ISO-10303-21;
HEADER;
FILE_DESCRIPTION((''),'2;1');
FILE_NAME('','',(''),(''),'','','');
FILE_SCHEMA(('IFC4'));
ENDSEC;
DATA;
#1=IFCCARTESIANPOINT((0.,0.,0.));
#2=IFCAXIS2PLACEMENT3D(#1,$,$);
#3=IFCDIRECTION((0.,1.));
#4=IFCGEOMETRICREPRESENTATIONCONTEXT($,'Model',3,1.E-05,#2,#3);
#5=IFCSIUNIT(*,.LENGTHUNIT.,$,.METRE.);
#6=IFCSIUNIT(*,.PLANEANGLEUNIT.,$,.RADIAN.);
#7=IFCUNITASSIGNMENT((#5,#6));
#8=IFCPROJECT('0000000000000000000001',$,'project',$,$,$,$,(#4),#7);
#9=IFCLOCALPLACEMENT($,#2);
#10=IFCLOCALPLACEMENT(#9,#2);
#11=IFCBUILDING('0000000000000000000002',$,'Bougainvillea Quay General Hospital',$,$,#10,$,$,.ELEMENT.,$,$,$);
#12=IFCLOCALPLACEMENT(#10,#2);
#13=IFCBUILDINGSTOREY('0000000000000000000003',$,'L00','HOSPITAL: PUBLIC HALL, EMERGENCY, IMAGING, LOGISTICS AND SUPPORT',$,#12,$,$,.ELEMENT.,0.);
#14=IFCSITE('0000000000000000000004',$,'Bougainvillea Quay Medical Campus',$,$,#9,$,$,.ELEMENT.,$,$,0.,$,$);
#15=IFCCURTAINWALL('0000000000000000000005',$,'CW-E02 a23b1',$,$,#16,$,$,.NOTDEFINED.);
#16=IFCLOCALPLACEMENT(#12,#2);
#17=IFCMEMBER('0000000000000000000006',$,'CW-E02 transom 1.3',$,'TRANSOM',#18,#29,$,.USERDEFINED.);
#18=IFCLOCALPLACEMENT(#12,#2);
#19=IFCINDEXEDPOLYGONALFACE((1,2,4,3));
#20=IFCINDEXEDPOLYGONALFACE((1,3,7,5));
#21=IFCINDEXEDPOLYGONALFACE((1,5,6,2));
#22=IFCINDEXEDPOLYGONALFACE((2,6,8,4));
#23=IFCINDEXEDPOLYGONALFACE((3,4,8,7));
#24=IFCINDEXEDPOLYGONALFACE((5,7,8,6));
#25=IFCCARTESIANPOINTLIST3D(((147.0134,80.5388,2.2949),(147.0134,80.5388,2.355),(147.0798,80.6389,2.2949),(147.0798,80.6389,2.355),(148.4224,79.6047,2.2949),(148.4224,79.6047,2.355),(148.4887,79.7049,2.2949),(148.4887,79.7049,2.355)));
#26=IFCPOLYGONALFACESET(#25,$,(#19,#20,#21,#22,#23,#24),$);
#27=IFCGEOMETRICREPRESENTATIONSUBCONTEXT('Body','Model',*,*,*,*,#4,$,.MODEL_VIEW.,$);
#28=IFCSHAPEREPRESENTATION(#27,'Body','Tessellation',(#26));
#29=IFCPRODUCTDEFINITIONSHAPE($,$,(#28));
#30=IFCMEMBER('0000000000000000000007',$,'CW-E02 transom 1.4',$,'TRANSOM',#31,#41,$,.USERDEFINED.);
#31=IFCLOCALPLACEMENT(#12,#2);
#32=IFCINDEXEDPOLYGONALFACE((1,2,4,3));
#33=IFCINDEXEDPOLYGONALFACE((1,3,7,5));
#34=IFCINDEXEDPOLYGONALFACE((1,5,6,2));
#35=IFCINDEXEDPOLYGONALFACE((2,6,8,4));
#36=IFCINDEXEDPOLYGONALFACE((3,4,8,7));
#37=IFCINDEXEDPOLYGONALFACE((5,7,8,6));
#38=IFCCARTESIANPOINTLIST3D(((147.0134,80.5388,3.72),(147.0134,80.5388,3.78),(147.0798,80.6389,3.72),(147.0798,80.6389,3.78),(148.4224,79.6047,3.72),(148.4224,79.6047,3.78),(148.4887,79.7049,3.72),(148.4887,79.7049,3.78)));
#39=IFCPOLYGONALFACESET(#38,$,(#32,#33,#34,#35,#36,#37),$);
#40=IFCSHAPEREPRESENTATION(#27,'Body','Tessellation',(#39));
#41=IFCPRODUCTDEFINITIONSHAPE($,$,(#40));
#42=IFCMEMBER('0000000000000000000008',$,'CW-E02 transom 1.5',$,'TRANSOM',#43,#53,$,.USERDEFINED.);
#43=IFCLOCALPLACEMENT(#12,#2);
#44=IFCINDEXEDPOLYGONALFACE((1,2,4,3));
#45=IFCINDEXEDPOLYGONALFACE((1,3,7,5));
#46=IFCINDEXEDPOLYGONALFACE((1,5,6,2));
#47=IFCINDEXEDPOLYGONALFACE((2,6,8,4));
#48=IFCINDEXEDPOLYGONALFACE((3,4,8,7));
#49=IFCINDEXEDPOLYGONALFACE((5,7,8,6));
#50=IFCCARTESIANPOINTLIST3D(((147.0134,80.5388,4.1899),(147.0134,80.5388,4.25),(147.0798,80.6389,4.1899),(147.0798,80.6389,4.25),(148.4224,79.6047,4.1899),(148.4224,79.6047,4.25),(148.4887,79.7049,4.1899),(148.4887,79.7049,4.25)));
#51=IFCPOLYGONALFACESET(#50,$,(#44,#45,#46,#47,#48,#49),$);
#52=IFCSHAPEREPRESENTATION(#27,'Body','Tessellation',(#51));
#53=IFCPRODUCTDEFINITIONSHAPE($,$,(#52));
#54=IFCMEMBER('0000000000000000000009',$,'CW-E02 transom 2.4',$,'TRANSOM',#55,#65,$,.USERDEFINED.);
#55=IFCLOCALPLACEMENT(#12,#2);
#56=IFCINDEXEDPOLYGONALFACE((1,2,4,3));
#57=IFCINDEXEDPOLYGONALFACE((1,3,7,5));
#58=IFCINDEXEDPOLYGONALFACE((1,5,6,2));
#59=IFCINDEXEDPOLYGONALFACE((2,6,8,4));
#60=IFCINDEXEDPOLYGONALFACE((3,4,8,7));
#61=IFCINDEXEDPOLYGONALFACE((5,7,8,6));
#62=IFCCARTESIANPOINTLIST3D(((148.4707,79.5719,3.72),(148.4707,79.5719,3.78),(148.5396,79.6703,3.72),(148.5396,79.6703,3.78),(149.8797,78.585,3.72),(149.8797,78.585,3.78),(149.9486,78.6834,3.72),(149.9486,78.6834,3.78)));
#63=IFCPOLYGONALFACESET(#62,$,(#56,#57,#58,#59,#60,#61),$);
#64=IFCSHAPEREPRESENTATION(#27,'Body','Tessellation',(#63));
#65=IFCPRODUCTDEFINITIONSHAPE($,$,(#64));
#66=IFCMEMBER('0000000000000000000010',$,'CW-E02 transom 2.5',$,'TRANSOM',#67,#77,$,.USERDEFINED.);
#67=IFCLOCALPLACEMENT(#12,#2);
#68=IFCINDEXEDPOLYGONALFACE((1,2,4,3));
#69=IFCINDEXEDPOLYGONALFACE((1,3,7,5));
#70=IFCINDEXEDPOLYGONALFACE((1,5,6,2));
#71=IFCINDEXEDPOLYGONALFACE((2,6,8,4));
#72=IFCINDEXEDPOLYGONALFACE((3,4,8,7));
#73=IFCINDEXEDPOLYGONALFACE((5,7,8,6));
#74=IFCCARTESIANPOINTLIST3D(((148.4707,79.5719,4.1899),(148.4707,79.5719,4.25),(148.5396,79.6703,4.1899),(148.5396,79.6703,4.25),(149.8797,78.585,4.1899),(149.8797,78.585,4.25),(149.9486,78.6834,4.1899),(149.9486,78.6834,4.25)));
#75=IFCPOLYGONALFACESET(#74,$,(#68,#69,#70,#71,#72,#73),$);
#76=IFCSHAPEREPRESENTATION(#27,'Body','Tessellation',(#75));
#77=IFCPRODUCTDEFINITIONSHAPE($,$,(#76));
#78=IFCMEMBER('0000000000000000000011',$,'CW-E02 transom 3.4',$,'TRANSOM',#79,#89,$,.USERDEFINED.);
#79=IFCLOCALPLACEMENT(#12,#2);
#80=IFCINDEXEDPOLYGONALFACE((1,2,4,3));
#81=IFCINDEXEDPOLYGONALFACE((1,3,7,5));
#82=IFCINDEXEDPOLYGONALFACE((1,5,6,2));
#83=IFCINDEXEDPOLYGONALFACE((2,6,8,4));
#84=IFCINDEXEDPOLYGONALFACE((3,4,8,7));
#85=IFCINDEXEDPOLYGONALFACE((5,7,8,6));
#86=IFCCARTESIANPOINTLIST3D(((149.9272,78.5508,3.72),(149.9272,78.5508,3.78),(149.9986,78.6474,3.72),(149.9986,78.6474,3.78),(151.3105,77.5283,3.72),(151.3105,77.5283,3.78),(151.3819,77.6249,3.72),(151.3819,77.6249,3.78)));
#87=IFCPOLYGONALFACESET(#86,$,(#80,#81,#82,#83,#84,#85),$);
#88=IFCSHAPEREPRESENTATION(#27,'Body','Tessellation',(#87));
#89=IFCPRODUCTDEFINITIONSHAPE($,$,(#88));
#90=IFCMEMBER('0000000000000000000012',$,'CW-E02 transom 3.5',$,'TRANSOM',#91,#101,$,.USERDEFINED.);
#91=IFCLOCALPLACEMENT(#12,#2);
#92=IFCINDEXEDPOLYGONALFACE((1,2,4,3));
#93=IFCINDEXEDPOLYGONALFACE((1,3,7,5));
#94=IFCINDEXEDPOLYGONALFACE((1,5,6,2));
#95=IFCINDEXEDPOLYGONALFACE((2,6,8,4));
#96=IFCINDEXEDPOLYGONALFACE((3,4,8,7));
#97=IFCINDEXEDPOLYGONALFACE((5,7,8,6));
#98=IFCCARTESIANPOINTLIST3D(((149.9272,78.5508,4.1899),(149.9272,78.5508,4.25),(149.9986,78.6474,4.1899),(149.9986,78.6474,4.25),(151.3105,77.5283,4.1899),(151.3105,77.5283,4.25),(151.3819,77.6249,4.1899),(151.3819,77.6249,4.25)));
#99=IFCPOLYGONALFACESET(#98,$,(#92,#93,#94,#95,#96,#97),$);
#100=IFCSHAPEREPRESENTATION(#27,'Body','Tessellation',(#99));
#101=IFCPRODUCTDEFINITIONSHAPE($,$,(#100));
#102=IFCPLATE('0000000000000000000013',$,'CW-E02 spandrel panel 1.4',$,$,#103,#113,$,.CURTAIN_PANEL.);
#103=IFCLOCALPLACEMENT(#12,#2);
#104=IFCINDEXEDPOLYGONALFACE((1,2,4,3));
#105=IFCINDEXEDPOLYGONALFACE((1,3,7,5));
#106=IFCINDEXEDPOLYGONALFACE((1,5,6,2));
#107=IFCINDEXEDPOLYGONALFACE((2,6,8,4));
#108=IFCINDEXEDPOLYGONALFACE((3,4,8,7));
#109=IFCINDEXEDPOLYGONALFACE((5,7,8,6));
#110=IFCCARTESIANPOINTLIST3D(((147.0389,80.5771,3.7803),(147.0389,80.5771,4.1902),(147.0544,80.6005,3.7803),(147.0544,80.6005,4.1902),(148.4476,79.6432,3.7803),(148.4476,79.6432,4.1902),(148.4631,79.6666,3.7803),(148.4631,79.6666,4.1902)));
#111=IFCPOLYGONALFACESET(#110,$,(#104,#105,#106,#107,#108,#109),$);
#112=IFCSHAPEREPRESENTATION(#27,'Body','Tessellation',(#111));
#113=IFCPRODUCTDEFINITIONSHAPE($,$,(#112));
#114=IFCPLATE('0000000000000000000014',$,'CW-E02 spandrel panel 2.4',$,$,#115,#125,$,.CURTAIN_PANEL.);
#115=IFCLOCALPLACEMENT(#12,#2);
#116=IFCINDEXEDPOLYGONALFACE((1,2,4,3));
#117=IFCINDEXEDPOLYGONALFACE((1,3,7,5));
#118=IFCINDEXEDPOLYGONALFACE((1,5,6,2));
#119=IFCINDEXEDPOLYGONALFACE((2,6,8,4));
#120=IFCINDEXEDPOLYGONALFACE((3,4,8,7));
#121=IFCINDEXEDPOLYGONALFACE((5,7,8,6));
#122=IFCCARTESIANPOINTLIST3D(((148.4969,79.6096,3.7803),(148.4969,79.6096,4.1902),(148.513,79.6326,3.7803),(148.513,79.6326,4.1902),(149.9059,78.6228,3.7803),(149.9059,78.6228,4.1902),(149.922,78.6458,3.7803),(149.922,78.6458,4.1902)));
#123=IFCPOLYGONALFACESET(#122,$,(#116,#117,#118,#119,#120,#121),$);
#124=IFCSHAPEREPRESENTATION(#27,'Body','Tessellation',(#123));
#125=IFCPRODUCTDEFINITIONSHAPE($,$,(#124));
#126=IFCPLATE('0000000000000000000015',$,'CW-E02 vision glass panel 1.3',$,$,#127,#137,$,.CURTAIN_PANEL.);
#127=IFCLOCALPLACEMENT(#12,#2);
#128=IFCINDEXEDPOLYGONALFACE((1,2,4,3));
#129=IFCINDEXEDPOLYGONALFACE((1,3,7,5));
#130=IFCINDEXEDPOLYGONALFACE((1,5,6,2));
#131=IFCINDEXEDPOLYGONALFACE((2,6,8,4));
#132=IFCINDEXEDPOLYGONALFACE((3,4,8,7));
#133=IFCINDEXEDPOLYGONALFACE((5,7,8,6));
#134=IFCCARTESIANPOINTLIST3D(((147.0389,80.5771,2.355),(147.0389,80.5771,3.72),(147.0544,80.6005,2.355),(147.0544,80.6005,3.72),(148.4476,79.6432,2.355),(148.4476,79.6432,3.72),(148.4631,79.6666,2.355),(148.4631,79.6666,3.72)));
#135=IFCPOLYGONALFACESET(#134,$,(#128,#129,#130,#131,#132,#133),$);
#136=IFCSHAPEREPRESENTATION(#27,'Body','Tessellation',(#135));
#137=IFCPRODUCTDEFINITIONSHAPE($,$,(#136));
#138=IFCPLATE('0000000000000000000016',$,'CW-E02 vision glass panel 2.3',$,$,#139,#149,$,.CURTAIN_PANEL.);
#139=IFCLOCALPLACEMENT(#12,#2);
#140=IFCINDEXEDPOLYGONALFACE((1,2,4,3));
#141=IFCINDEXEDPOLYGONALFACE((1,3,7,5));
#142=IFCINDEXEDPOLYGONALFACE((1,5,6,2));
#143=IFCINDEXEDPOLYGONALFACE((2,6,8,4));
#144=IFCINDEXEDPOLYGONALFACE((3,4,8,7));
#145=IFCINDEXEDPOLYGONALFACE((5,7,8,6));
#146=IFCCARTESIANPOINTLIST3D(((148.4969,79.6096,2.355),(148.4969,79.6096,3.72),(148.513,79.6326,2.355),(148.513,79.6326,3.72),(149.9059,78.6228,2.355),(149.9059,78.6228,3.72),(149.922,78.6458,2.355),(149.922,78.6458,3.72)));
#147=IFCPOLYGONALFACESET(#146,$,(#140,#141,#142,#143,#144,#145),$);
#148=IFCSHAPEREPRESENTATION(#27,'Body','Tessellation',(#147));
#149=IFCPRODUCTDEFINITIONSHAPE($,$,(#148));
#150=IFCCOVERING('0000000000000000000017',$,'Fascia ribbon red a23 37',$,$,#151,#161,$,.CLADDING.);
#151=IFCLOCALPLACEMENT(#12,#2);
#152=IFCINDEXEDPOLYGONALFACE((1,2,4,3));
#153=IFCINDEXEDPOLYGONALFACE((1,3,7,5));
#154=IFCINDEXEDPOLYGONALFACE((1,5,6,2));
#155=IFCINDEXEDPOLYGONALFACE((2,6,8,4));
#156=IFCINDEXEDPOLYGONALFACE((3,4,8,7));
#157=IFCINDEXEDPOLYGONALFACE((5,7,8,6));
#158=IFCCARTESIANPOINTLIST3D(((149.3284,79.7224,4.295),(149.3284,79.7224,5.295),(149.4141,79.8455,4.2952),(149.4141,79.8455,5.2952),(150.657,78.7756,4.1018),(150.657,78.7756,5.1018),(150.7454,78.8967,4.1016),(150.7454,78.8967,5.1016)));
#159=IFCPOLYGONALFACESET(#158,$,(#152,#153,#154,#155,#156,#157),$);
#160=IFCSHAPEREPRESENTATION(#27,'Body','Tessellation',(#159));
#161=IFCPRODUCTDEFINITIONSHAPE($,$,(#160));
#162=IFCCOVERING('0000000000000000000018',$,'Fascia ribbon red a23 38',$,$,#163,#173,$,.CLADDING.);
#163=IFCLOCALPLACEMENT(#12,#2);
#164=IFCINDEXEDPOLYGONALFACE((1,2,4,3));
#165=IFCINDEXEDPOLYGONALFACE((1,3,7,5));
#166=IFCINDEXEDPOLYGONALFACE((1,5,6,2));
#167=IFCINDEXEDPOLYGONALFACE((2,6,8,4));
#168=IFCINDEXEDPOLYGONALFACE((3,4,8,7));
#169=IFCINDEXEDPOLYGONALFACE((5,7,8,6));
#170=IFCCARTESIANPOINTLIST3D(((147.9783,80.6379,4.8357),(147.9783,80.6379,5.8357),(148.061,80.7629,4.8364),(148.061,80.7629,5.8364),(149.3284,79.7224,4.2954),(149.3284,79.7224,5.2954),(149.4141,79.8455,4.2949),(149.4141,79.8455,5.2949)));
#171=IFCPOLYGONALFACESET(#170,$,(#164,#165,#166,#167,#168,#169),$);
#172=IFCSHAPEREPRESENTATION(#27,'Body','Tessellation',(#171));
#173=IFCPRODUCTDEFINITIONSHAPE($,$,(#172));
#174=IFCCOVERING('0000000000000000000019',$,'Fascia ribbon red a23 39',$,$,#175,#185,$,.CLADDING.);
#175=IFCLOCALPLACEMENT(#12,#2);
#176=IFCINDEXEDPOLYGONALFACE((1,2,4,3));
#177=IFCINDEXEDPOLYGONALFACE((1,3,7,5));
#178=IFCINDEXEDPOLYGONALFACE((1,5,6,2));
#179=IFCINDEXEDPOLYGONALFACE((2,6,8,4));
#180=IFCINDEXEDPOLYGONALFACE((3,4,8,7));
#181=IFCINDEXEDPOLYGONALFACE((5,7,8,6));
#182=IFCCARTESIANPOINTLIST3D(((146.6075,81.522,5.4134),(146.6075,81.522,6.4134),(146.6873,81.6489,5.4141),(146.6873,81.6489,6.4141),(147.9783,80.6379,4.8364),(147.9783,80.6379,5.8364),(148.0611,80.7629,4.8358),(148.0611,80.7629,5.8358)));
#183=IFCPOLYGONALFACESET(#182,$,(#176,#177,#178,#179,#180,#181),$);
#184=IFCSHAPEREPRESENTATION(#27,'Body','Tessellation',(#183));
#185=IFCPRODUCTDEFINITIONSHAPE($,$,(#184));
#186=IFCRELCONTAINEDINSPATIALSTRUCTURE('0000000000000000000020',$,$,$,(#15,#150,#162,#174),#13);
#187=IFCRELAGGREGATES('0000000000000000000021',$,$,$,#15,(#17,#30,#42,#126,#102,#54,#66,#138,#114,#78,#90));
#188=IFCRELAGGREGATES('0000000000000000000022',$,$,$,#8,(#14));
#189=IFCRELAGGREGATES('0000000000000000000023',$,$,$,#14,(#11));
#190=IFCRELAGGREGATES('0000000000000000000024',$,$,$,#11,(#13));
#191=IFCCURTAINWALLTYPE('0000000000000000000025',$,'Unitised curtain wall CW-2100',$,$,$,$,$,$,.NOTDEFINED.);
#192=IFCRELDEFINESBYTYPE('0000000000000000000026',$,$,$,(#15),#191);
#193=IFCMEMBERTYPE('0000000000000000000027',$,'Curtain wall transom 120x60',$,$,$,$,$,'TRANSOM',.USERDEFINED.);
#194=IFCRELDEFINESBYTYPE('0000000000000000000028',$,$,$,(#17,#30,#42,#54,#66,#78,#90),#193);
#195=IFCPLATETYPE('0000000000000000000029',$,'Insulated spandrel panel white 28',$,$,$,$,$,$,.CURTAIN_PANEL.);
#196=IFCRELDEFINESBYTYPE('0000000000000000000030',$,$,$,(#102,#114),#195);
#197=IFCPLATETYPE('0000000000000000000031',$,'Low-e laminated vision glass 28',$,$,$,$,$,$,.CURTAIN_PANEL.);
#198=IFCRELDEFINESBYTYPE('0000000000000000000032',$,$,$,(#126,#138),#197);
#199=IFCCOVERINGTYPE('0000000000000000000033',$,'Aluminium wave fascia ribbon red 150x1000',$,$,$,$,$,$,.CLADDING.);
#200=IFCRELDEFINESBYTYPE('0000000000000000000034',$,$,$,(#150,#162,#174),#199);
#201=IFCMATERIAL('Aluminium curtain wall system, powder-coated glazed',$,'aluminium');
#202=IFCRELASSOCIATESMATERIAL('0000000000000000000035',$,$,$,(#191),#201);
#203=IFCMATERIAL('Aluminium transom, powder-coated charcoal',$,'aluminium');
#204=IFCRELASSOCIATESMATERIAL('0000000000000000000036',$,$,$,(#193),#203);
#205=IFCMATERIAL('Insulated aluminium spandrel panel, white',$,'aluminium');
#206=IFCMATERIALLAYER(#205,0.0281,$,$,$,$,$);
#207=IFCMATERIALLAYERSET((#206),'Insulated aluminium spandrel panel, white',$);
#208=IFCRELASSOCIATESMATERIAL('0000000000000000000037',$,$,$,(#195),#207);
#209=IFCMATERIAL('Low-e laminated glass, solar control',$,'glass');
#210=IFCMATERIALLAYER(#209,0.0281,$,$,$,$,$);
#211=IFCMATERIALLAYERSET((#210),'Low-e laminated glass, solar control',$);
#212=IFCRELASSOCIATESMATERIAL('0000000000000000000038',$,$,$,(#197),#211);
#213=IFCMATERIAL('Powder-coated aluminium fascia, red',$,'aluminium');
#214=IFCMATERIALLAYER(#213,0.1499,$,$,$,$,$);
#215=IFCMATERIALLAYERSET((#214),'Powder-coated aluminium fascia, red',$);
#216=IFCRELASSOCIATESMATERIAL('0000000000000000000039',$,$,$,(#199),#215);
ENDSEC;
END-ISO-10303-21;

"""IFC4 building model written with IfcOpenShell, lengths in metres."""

from ifc_helpers import new_model, si_unit, direction, frame, origin, origin_2d, place, context, subcontext, project, spatial, polyline, rectangle, outline, extrude, material, layer, layer_set, material_profile, profile_set, type_object, element, aggregate, save


model = new_model("IFC4")

# Units and contexts
model_context = context("Model", 3, precision=1e-05, world=origin(), true_north=direction((0.0, 1.0)))
body_context = subcontext(model_context, "Body", "Model", "MODEL_VIEW")
ifc_project = project(units=[si_unit("LENGTHUNIT", "METRE"), si_unit("PLANEANGLEUNIT", "RADIAN")], contexts=[model_context])

# Site, building, storey
site_placement = place(None, origin())
site = spatial("IfcSite", under=ifc_project, at=site_placement, Name="Bougainvillea Quay Medical Campus", CompositionType="ELEMENT", RefElevation=0.0)
building_placement = place(site_placement, origin())
building = spatial("IfcBuilding", under=site, at=building_placement, Name="Bougainvillea Quay General Hospital", CompositionType="ELEMENT")
storey_placement = place(building_placement, origin())
storey = spatial("IfcBuildingStorey", under=building, at=storey_placement, Name="L00", Description="HOSPITAL: PUBLIC HALL, EMERGENCY, IMAGING, LOGISTICS AND SUPPORT", CompositionType="ELEMENT", Elevation=0.0)

# Curtain wall, members, plates
ifc_material_1 = material(Name="Aluminium curtain wall system, powder-coated glazed", Category="aluminium")
curtain_wall_type = type_object("IfcCurtainWallType", Name="Unitised curtain wall CW-2100", PredefinedType="NOTDEFINED", material=ifc_material_1)
curtain_wall_placement = place(storey_placement, origin())
curtain_wall = element("IfcCurtainWall", 1, at=curtain_wall_placement, inside=storey, type_object=curtain_wall_type, Name="CW-E02 a23b1", PredefinedType="NOTDEFINED")
ifc_material_2 = material(Name="Aluminium transom, powder-coated charcoal", Category="aluminium")
ifc_material_profile_1 = material_profile(ifc_material_2, rectangle(XDim=0.1201, YDim=0.0601, at=origin_2d()))
ifc_profile_set_1 = profile_set([ifc_material_profile_1], Name="Aluminium transom, powder-coated charcoal")
member_type = type_object("IfcMemberType", Name="Curtain wall transom 120x60", ElementType="TRANSOM", PredefinedType="USERDEFINED", material=ifc_profile_set_1)
member_1_placement = place(storey_placement, frame((147.0466, 80.5889, 2.325), z_axis=(0.83347, -0.552565, 0.0), x_axis=(0.552565, 0.83347, 0.0)))
member_1 = element("IfcMember", 2, at=member_1_placement, type_object=member_type, Name="CW-E02 transom 1.3", ObjectType="TRANSOM", PredefinedType="USERDEFINED", context=body_context, shape_type="SweptSolid", body=[
    extrude(rectangle(XDim=0.1201, YDim=0.0601, at=origin_2d()), origin(), (0.0, 0.0, 1.0), 1.6904),
])
member_2_placement = place(storey_placement, frame((147.0466, 80.5889, 3.75), z_axis=(0.83347, -0.552565, 0.0), x_axis=(0.552565, 0.83347, 0.0)))
member_2 = element("IfcMember", 3, at=member_2_placement, type_object=member_type, Name="CW-E02 transom 1.4", ObjectType="TRANSOM", PredefinedType="USERDEFINED", context=body_context, shape_type="SweptSolid", body=[
    extrude(rectangle(XDim=0.1201, YDim=0.0601, at=origin_2d()), origin(), (0.0, 0.0, 1.0), 1.6904),
])
member_3_placement = place(storey_placement, frame((147.0466, 80.5889, 4.22), z_axis=(0.83347, -0.552565, 0.0), x_axis=(0.552565, 0.83347, 0.0)))
member_3 = element("IfcMember", 4, at=member_3_placement, type_object=member_type, Name="CW-E02 transom 1.5", ObjectType="TRANSOM", PredefinedType="USERDEFINED", context=body_context, shape_type="SweptSolid", body=[
    extrude(rectangle(XDim=0.1201, YDim=0.0601, at=origin_2d()), origin(), (0.0, 0.0, 1.0), 1.6904),
])
member_4_placement = place(storey_placement, frame((148.5051, 79.6211, 3.75), z_axis=(0.819079, -0.573681, 0.0), x_axis=(0.573681, 0.819079, 0.0)))
member_4 = element("IfcMember", 5, at=member_4_placement, type_object=member_type, Name="CW-E02 transom 2.4", ObjectType="TRANSOM", PredefinedType="USERDEFINED", context=body_context, shape_type="SweptSolid", body=[
    extrude(rectangle(XDim=0.1201, YDim=0.0601, at=origin_2d()), origin(), (0.0, 0.0, 1.0), 1.7202),
])
member_5_placement = place(storey_placement, frame((148.5051, 79.6211, 4.22), z_axis=(0.819079, -0.573681, 0.0), x_axis=(0.573681, 0.819079, 0.0)))
member_5 = element("IfcMember", 6, at=member_5_placement, type_object=member_type, Name="CW-E02 transom 2.5", ObjectType="TRANSOM", PredefinedType="USERDEFINED", context=body_context, shape_type="SweptSolid", body=[
    extrude(rectangle(XDim=0.1201, YDim=0.0601, at=origin_2d()), origin(), (0.0, 0.0, 1.0), 1.7202),
])
member_6_placement = place(storey_placement, frame((149.9629, 78.5991, 3.75), z_axis=(0.80417, -0.594399, 0.0), x_axis=(0.594399, 0.80417, 0.0)))
member_6 = element("IfcMember", 7, at=member_6_placement, type_object=member_type, Name="CW-E02 transom 3.4", ObjectType="TRANSOM", PredefinedType="USERDEFINED", context=body_context, shape_type="SweptSolid", body=[
    extrude(rectangle(XDim=0.1201, YDim=0.0601, at=origin_2d()), origin(), (0.0, 0.0, 1.0), 1.7202),
])
member_7_placement = place(storey_placement, frame((149.9629, 78.5991, 4.22), z_axis=(0.80417, -0.594399, 0.0), x_axis=(0.594399, 0.80417, 0.0)))
member_7 = element("IfcMember", 8, at=member_7_placement, type_object=member_type, Name="CW-E02 transom 3.5", ObjectType="TRANSOM", PredefinedType="USERDEFINED", context=body_context, shape_type="SweptSolid", body=[
    extrude(rectangle(XDim=0.1201, YDim=0.0601, at=origin_2d()), origin(), (0.0, 0.0, 1.0), 1.7202),
])
ifc_material_3 = material(Name="Insulated aluminium spandrel panel, white", Category="aluminium")
ifc_layer_1 = layer(ifc_material_3, 0.0281)
ifc_layer_set_1 = layer_set([ifc_layer_1], Name="Insulated aluminium spandrel panel, white")
plate_type_1 = type_object("IfcPlateType", Name="Insulated spandrel panel white 28", PredefinedType="CURTAIN_PANEL", material=ifc_layer_set_1)
plate_1_placement = place(storey_placement, frame((147.751, 80.1218, 3.7803), z_axis=(0.0, 0.0, 1.0), x_axis=(0.833469, -0.552566, 0.0)))
plate_1 = element("IfcPlate", 9, at=plate_1_placement, type_object=plate_type_1, Name="CW-E02 spandrel panel 1.4", PredefinedType="CURTAIN_PANEL", context=body_context, shape_type="SweptSolid", body=[
    extrude(rectangle(XDim=1.6902, YDim=0.0281, at=origin_2d()), origin(), (0.0, 0.0, 1.0), 0.4099),
])
plate_2_placement = place(storey_placement, frame((149.2095, 79.1277, 3.7803), z_axis=(0.0, 0.0, 1.0), x_axis=(0.819096, -0.573656, 0.0)))
plate_2 = element("IfcPlate", 10, at=plate_2_placement, type_object=plate_type_1, Name="CW-E02 spandrel panel 2.4", PredefinedType="CURTAIN_PANEL", context=body_context, shape_type="SweptSolid", body=[
    extrude(rectangle(XDim=1.7202, YDim=0.0281, at=origin_2d()), origin(), (0.0, 0.0, 1.0), 0.4099),
])
ifc_material_4 = material(Name="Low-e laminated glass, solar control", Category="glass")
ifc_layer_2 = layer(ifc_material_4, 0.0281)
ifc_layer_set_2 = layer_set([ifc_layer_2], Name="Low-e laminated glass, solar control")
plate_type_2 = type_object("IfcPlateType", Name="Low-e laminated vision glass 28", PredefinedType="CURTAIN_PANEL", material=ifc_layer_set_2)
plate_3_placement = place(storey_placement, frame((147.751, 80.1218, 2.355), z_axis=(0.0, 0.0, 1.0), x_axis=(0.833469, -0.552566, 0.0)))
plate_3 = element("IfcPlate", 11, at=plate_3_placement, type_object=plate_type_2, Name="CW-E02 vision glass panel 1.3", PredefinedType="CURTAIN_PANEL", context=body_context, shape_type="SweptSolid", body=[
    extrude(rectangle(XDim=1.6902, YDim=0.0281, at=origin_2d()), origin(), (0.0, 0.0, 1.0), 1.365),
])
plate_4_placement = place(storey_placement, frame((149.2095, 79.1277, 2.355), z_axis=(0.0, 0.0, 1.0), x_axis=(0.819096, -0.573656, 0.0)))
plate_4 = element("IfcPlate", 12, at=plate_4_placement, type_object=plate_type_2, Name="CW-E02 vision glass panel 2.3", PredefinedType="CURTAIN_PANEL", context=body_context, shape_type="SweptSolid", body=[
    extrude(rectangle(XDim=1.7202, YDim=0.0281, at=origin_2d()), origin(), (0.0, 0.0, 1.0), 1.365),
])
aggregate(curtain_wall, [member_1, member_2, member_3, plate_3, plate_1, member_4, member_5, plate_4, plate_2, member_6, member_7])

# Coverings
ifc_material_5 = material(Name="Powder-coated aluminium fascia, red", Category="aluminium")
ifc_layer_3 = layer(ifc_material_5, 0.1499)
ifc_layer_set_3 = layer_set([ifc_layer_3], Name="Powder-coated aluminium fascia, red")
covering_type = type_object("IfcCoveringType", Name="Aluminium wave fascia ribbon red 150x1000", PredefinedType="CLADDING", material=ifc_layer_set_3)
covering_1_placement = place(storey_placement, frame((150.657, 78.7756, 4.1018), z_axis=(0.095736, -0.06826, 0.993064), x_axis=(-0.808731, 0.576306, 0.117579)))
element("IfcCovering", 13, at=covering_1_placement, inside=storey, type_object=covering_type, Name="Fascia ribbon red a23 37", PredefinedType="CLADDING", context=body_context, shape_type="SweptSolid", body=[
    extrude(outline(polyline([(0.0, 0.0), (1.6428, 0.0), (1.6445, -0.1499), (-0.0017, -0.1499), (0.0, 0.0)])), origin(), (0.117579, -0.000031, 0.993064), 1.0),
])
covering_2_placement = place(storey_placement, frame((149.3284, 79.7224, 4.2954), z_axis=(0.259679, -0.177291, 0.949281), x_axis=(-0.785673, 0.53278, 0.314427)))
element("IfcCovering", 14, at=covering_2_placement, inside=storey, type_object=covering_type, Name="Fascia ribbon red a23 38", PredefinedType="CLADDING", context=body_context, shape_type="SweptSolid", body=[
    extrude(outline(polyline([(0.0, 0.0), (1.7184, 0.0), (1.7202, -0.1499), (-0.0019, -0.1499), (0.0, 0.0)])), origin(), (0.314427, -0.000941, 0.949281), 1.0),
])
covering_3_placement = place(storey_placement, frame((147.9783, 80.6379, 4.8364), z_axis=(0.280207, -0.180831, 0.942754), x_axis=(-0.792294, 0.510935, 0.33349)))
element("IfcCovering", 15, at=covering_3_placement, inside=storey, type_object=covering_type, Name="Fascia ribbon red a23 39", PredefinedType="CLADDING", context=body_context, shape_type="SweptSolid", body=[
    extrude(outline(polyline([(0.0, 0.0), (1.7302, 0.0), (1.732, -0.15), (-0.002, -0.1499), (0.0, 0.0)])), origin(), (0.33349, -0.000104, 0.942754), 1.0),
])

save(model, "model.ifc")
